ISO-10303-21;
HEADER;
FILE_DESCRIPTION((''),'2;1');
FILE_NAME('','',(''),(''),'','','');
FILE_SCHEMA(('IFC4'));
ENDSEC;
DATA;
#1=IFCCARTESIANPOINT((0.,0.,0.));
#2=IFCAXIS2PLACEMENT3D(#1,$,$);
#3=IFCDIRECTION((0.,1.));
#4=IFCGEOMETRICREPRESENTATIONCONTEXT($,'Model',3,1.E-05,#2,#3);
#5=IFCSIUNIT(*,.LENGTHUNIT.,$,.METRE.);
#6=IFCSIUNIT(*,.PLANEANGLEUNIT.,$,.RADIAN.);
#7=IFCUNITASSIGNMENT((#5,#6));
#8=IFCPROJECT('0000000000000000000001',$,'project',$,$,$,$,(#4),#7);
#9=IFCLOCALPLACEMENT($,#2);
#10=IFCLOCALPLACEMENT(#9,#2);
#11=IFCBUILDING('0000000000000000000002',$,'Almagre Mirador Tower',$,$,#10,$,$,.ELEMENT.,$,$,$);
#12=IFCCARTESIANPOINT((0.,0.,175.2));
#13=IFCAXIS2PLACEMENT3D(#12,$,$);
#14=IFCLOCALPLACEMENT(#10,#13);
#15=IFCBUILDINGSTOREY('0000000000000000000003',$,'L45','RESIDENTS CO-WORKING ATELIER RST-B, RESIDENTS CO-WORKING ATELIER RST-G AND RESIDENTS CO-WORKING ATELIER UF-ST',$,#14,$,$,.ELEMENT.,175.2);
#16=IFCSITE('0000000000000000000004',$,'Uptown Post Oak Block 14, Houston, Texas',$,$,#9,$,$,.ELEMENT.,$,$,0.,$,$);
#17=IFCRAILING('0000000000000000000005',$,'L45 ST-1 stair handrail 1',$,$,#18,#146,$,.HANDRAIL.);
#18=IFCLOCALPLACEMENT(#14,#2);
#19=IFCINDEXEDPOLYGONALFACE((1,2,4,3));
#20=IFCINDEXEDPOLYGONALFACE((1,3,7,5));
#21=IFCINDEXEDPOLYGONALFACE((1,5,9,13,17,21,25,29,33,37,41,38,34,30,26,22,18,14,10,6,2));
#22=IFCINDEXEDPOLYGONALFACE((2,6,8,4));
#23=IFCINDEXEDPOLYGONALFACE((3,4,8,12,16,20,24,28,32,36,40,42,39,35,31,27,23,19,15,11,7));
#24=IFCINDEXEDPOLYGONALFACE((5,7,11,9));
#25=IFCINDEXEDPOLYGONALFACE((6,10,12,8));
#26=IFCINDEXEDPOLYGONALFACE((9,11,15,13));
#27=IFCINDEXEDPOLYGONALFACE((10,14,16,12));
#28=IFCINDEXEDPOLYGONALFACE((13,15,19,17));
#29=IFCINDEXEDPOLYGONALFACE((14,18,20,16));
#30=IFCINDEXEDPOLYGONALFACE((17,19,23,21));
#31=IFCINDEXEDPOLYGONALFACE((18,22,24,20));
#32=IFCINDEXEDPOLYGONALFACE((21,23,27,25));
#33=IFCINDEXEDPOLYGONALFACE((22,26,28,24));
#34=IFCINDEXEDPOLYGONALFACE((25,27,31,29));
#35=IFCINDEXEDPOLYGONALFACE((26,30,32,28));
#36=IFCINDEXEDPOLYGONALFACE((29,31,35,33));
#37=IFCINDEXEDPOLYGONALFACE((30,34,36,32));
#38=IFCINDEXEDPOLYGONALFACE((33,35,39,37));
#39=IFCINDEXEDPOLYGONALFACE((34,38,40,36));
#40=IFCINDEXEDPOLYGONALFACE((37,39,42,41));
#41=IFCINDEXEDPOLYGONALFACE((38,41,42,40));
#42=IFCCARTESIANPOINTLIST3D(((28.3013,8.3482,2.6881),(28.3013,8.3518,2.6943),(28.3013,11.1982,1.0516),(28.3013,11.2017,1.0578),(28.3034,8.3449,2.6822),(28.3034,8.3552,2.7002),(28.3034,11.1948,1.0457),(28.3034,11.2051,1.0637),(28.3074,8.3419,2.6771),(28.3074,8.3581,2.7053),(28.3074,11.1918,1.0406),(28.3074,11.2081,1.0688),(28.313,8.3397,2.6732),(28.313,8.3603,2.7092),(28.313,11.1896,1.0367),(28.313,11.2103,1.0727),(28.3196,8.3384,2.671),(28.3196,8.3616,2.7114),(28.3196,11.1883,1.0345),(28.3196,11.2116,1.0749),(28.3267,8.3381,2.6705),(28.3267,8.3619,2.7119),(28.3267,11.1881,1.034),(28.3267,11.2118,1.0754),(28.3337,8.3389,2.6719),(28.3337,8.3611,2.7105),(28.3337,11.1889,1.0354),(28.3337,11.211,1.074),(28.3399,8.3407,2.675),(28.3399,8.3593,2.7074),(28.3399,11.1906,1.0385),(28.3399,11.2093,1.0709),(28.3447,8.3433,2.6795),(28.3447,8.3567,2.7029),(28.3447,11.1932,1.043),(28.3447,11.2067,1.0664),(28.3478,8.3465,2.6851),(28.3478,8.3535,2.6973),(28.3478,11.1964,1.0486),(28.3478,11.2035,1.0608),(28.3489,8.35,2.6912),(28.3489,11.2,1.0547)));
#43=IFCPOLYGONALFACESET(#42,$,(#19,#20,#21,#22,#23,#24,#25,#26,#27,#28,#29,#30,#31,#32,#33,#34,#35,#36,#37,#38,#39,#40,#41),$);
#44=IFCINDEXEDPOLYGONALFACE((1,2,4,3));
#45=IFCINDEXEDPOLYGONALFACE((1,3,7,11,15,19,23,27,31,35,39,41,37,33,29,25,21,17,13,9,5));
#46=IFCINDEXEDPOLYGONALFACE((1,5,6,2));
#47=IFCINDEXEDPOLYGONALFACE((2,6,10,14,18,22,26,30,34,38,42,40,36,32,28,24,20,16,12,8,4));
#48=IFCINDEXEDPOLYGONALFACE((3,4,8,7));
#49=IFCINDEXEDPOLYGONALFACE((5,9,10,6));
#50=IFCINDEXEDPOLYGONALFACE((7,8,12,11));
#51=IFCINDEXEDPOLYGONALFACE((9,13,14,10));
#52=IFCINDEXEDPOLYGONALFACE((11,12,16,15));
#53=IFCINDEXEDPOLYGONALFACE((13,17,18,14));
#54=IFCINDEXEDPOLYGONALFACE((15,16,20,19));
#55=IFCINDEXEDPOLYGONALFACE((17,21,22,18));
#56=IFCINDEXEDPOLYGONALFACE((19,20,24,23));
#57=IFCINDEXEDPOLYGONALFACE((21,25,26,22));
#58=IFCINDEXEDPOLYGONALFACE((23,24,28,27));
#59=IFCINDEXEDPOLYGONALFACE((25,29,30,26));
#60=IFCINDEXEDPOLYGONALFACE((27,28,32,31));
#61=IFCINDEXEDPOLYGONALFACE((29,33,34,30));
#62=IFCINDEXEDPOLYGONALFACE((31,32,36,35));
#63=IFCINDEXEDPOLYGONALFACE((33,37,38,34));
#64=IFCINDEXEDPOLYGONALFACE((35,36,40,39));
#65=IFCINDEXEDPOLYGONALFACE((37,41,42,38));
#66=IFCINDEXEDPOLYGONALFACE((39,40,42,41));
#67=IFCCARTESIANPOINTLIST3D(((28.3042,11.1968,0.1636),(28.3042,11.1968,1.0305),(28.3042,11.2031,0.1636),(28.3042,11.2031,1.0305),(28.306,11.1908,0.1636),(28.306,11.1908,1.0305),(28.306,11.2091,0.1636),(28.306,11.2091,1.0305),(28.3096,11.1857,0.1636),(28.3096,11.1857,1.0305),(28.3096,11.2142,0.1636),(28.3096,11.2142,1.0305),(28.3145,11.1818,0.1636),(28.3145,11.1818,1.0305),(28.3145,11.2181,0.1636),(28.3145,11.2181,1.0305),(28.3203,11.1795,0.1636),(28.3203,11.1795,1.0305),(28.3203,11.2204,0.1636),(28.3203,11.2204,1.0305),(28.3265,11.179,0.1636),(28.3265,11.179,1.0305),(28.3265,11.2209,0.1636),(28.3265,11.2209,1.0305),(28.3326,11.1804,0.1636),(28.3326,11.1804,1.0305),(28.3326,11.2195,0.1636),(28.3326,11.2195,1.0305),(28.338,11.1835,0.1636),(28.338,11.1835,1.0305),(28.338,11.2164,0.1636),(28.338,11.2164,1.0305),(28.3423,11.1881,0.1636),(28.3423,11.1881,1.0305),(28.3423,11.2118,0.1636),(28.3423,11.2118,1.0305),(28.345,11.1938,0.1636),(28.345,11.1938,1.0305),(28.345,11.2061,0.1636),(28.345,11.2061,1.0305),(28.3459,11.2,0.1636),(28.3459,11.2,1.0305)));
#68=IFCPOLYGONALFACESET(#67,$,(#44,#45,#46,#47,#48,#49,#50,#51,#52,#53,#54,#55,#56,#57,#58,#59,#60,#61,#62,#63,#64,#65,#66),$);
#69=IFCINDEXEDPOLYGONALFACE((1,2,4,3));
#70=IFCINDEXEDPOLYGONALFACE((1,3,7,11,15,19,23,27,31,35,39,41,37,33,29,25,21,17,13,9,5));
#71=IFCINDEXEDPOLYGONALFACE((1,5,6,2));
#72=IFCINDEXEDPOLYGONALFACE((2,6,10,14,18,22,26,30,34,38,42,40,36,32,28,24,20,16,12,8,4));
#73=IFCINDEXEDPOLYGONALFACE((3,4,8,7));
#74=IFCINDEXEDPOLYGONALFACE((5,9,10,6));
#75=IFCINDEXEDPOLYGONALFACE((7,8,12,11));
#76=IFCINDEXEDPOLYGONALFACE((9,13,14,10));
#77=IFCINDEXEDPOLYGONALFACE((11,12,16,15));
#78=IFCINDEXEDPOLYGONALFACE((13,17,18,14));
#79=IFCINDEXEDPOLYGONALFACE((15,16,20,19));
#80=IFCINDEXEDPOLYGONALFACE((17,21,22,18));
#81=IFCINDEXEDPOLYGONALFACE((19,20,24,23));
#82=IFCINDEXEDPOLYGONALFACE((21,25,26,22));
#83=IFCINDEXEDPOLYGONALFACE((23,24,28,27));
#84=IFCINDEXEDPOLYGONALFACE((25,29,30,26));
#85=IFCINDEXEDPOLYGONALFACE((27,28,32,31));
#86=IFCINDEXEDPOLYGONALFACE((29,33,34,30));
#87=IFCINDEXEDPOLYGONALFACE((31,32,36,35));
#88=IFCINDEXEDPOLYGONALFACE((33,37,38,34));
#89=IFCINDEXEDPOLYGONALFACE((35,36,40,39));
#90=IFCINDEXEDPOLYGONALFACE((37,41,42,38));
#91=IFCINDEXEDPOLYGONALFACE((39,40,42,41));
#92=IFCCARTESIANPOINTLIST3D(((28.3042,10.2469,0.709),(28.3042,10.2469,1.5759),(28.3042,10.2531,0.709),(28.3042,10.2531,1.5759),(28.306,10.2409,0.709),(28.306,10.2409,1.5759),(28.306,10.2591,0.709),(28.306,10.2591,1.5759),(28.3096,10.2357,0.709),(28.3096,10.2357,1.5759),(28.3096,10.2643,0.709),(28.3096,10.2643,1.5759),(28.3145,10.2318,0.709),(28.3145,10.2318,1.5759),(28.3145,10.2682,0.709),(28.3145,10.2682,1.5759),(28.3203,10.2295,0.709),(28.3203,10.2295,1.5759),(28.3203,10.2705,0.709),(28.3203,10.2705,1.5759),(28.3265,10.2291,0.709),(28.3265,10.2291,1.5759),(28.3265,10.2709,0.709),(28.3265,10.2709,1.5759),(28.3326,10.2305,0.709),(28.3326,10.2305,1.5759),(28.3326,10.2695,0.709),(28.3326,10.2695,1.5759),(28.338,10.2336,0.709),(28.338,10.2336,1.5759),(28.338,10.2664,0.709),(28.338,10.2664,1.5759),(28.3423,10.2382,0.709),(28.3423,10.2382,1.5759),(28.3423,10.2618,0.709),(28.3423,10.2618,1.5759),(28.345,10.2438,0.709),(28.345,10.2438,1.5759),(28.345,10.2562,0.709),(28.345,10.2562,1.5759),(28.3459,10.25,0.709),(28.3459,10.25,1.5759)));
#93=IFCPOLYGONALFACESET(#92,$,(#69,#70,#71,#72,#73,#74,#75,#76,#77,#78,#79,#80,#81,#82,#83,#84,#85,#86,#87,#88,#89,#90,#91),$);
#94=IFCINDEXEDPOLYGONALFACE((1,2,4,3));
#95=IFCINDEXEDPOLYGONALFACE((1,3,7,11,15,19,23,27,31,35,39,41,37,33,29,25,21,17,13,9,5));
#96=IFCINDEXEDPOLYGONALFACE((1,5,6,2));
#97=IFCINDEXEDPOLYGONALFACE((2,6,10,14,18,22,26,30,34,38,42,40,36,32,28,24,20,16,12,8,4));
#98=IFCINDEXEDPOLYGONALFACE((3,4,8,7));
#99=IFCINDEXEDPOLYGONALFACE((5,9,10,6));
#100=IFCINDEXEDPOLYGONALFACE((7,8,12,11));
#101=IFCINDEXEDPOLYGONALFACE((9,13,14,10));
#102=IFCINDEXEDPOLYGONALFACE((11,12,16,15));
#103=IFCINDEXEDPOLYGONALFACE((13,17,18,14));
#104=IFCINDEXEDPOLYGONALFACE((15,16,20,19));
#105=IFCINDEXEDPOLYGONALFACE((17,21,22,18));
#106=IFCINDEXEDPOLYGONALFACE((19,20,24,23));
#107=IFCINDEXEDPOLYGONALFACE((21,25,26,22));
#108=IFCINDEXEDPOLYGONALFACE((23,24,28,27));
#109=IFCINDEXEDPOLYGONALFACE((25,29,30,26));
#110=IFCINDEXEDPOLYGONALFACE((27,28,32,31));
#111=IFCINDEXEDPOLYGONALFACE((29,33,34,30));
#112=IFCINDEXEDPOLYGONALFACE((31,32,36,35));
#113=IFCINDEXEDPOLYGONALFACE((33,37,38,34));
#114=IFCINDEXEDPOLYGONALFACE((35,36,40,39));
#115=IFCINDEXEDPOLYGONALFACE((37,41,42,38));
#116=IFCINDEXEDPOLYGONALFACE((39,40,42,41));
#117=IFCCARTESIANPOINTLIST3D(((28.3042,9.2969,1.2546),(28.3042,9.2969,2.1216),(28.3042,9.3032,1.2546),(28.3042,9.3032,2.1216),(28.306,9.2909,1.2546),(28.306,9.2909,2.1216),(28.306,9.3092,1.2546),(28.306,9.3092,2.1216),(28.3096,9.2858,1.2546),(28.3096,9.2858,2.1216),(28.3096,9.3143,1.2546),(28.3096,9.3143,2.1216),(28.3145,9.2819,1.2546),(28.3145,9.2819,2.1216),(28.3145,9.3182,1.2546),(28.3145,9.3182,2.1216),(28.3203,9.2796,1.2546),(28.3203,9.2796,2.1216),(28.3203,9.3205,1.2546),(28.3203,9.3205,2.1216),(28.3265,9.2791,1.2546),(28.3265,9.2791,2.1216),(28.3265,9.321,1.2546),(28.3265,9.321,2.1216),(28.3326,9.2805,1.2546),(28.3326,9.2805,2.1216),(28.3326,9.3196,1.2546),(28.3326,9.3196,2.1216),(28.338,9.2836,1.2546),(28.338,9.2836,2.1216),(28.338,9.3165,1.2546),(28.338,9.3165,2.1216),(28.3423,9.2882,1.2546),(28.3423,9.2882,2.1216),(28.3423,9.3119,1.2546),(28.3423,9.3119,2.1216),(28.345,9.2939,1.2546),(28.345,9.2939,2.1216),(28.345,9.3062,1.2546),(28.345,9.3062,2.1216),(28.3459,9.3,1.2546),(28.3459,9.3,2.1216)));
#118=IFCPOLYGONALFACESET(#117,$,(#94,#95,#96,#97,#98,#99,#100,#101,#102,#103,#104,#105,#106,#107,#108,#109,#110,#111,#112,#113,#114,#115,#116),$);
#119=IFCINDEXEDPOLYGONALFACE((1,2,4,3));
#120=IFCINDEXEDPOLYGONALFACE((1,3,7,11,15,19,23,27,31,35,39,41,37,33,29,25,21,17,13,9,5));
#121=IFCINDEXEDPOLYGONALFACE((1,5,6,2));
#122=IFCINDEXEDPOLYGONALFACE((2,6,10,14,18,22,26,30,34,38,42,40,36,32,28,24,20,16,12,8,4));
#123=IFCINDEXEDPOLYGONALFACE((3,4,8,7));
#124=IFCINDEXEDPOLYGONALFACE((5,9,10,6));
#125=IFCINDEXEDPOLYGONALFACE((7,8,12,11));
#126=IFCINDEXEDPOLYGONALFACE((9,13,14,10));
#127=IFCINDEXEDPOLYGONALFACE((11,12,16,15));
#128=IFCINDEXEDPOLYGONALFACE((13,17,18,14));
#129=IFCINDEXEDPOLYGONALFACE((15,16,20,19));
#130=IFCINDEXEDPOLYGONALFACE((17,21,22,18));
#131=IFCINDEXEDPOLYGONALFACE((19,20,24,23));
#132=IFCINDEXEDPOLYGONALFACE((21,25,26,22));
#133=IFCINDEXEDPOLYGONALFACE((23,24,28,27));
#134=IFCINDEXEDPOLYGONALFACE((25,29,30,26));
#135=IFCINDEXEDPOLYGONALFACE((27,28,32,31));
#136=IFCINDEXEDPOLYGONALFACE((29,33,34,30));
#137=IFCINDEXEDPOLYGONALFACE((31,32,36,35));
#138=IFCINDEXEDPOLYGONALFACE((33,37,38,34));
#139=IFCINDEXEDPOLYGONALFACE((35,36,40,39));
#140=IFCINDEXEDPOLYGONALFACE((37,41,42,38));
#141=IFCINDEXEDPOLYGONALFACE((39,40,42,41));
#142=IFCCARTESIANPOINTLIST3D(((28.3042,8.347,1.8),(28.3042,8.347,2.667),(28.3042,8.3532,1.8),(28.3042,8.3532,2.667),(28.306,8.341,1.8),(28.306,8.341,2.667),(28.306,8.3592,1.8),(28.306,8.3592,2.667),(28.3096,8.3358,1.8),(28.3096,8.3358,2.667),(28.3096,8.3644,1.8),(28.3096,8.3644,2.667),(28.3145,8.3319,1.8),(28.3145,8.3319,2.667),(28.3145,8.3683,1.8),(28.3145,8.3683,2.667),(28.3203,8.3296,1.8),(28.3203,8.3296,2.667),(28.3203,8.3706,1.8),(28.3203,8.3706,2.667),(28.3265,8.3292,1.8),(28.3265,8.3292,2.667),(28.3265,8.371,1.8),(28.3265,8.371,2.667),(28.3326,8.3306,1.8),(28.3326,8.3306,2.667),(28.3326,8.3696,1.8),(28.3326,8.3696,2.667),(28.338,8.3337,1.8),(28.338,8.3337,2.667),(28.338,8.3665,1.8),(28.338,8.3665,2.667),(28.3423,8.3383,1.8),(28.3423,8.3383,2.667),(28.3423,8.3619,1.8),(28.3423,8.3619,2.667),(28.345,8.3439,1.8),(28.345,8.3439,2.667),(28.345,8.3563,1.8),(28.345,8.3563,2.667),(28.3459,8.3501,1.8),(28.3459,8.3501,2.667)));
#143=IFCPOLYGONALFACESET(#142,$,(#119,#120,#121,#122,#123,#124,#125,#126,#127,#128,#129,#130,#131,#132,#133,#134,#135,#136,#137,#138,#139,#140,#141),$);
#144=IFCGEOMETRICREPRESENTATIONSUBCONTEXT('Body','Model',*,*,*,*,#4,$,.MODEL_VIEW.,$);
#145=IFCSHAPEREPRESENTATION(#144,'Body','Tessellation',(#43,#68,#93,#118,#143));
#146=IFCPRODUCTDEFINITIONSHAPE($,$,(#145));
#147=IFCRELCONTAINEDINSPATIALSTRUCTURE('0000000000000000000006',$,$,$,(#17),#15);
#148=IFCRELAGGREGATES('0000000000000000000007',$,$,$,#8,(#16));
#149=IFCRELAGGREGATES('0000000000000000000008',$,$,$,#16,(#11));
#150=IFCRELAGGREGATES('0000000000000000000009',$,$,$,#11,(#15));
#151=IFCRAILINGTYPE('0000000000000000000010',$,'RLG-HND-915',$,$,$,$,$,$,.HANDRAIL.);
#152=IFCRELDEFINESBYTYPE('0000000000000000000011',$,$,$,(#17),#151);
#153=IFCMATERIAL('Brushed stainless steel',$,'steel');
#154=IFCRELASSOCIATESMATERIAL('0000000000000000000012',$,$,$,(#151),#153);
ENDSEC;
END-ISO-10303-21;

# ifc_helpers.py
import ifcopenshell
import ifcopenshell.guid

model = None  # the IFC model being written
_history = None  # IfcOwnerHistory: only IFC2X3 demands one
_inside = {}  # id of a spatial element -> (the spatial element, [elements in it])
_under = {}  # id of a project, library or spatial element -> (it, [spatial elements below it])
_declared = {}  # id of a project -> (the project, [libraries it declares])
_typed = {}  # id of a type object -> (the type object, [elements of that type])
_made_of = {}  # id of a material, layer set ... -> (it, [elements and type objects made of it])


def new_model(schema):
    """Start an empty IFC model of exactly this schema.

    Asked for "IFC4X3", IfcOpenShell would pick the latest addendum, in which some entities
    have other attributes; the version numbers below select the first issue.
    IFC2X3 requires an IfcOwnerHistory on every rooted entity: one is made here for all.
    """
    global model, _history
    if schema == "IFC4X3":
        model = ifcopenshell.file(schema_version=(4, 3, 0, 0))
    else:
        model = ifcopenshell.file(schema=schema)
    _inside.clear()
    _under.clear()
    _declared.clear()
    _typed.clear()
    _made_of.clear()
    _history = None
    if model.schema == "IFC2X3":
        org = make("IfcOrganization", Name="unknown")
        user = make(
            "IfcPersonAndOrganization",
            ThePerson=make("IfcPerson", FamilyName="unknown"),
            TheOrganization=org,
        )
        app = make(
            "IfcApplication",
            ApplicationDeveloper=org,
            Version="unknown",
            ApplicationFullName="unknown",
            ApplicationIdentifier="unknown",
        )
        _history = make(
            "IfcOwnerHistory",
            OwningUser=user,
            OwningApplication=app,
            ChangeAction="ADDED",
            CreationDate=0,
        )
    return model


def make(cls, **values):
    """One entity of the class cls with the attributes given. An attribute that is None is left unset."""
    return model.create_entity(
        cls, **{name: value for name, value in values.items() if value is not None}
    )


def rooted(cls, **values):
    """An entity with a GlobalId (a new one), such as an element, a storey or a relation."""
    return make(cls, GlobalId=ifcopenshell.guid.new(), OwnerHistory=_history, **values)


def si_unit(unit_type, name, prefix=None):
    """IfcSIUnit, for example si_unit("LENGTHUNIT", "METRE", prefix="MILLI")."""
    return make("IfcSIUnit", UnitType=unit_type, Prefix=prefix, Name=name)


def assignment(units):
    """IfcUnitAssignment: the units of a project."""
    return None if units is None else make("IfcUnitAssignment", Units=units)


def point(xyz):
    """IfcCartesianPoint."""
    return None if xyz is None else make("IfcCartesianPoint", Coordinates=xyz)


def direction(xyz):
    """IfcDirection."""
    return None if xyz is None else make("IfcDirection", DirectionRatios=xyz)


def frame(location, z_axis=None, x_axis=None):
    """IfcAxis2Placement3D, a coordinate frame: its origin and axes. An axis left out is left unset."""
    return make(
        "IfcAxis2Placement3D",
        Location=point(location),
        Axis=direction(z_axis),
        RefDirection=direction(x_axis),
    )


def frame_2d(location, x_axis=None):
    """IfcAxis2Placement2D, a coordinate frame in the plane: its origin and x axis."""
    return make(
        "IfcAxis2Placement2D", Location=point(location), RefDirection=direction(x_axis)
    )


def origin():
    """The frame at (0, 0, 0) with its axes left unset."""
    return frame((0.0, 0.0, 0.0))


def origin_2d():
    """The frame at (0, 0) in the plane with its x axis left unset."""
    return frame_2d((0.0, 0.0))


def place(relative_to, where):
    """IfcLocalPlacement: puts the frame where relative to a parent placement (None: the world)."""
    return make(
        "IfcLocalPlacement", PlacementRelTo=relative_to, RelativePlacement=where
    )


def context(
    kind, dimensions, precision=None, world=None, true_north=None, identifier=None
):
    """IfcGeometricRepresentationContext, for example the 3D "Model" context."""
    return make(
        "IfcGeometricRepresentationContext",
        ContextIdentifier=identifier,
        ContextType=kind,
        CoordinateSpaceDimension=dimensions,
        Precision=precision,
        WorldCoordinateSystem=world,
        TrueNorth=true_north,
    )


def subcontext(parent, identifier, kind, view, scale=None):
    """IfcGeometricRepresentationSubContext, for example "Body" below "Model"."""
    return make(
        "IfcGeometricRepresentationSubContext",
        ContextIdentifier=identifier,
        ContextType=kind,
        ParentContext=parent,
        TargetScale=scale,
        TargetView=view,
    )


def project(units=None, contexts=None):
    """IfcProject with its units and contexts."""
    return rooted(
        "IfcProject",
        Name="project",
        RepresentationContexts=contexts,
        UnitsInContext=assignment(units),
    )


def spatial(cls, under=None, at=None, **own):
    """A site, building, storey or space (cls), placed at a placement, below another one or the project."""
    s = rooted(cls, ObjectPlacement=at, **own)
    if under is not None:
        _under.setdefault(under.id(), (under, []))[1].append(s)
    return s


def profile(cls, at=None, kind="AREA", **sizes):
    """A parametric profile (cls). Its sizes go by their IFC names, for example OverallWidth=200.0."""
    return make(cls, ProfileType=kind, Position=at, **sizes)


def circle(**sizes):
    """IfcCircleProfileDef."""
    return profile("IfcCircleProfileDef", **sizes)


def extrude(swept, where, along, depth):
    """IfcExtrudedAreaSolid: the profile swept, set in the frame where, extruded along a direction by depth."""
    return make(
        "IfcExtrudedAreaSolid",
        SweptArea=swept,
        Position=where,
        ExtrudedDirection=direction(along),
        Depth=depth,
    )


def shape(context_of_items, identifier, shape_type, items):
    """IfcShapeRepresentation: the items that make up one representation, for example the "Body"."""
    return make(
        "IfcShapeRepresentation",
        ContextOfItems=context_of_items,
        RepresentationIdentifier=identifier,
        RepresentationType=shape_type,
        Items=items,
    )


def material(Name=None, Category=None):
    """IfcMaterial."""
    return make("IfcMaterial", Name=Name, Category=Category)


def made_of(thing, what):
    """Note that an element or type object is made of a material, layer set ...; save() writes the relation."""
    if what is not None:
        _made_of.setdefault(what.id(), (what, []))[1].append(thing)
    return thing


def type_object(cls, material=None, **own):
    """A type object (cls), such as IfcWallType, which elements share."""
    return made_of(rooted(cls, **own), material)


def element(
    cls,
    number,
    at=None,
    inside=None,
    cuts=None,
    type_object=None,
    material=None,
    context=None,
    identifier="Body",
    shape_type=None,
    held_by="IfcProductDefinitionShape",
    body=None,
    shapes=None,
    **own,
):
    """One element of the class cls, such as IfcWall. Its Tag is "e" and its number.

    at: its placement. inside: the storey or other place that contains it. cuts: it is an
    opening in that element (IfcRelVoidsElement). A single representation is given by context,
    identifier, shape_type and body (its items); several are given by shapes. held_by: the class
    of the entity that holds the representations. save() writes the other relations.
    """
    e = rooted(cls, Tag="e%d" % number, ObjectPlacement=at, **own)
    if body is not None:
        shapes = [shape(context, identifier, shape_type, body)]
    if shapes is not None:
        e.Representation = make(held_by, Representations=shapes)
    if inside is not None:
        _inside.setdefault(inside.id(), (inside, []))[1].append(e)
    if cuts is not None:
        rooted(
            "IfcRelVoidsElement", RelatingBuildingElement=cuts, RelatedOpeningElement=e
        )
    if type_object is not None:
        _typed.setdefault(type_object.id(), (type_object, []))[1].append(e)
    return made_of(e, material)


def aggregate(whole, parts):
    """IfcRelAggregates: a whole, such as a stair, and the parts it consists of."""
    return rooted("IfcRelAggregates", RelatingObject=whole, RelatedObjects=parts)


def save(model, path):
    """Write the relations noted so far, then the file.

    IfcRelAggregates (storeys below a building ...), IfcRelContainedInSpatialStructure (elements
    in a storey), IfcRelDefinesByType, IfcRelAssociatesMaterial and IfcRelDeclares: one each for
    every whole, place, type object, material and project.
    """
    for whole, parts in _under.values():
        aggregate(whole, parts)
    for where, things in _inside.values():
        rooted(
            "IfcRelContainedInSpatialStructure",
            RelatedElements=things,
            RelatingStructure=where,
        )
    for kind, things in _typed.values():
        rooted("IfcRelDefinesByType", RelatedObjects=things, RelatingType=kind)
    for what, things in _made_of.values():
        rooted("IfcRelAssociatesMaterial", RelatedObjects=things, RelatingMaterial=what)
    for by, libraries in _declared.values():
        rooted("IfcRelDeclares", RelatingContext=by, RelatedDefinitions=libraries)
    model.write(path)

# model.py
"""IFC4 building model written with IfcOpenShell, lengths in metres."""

from ifc_helpers import new_model, si_unit, direction, frame, origin, origin_2d, place, context, subcontext, project, spatial, circle, extrude, material, type_object, element, save


model = new_model("IFC4")

# Units and contexts
model_context = context("Model", 3, precision=1e-05, world=origin(), true_north=direction((0.0, 1.0)))
body_context = subcontext(model_context, "Body", "Model", "MODEL_VIEW")
ifc_project = project(units=[si_unit("LENGTHUNIT", "METRE"), si_unit("PLANEANGLEUNIT", "RADIAN")], contexts=[model_context])

# Site, building, storey
site_placement = place(None, origin())
site = spatial("IfcSite", under=ifc_project, at=site_placement, Name="Uptown Post Oak Block 14, Houston, Texas", CompositionType="ELEMENT", RefElevation=0.0)
building_placement = place(site_placement, origin())
building = spatial("IfcBuilding", under=site, at=building_placement, Name="Almagre Mirador Tower", CompositionType="ELEMENT")
storey_placement = place(building_placement, frame((0.0, 0.0, 175.2)))
storey = spatial("IfcBuildingStorey", under=building, at=storey_placement, Name="L45", Description="RESIDENTS CO-WORKING ATELIER RST-B, RESIDENTS CO-WORKING ATELIER RST-G AND RESIDENTS CO-WORKING ATELIER UF-ST", CompositionType="ELEMENT", Elevation=175.2)

# Railing
ifc_material_1 = material(Name="Brushed stainless steel", Category="steel")
railing_type_1 = type_object("IfcRailingType", Name="RLG-HND-915", PredefinedType="HANDRAIL", material=ifc_material_1)
railing_1_placement = place(storey_placement, frame((28.325, 11.2, 0.1636)))
element("IfcRailing", 1, at=railing_1_placement, inside=storey, type_object=railing_type_1, Name="L45 ST-1 stair handrail 1", PredefinedType="HANDRAIL", context=body_context, shape_type="SweptSolid", body=[
    extrude(circle(Radius=0.0239, at=origin_2d()), frame((0.0, 0.0, 0.8911), z_axis=(0.0, -0.867194, 0.49797), x_axis=(1.0, 0.0, 0.0)), (0.0, 0.0, 1.0), 3.2864),
    extrude(circle(Radius=0.021, at=origin_2d()), origin(), (0.0, 0.0, 1.0), 0.8669),
    extrude(circle(Radius=0.021, at=origin_2d()), frame((0.0, -0.95, 0.5454)), (0.0, 0.0, 1.0), 0.8669),
    extrude(circle(Radius=0.021, at=origin_2d()), frame((0.0, -1.8999, 1.0911)), (0.0, 0.0, 1.0), 0.8669),
    extrude(circle(Radius=0.021, at=origin_2d()), frame((0.0, -2.8499, 1.6365)), (0.0, 0.0, 1.0), 0.8669),
])

save(model, "model.ifc")
